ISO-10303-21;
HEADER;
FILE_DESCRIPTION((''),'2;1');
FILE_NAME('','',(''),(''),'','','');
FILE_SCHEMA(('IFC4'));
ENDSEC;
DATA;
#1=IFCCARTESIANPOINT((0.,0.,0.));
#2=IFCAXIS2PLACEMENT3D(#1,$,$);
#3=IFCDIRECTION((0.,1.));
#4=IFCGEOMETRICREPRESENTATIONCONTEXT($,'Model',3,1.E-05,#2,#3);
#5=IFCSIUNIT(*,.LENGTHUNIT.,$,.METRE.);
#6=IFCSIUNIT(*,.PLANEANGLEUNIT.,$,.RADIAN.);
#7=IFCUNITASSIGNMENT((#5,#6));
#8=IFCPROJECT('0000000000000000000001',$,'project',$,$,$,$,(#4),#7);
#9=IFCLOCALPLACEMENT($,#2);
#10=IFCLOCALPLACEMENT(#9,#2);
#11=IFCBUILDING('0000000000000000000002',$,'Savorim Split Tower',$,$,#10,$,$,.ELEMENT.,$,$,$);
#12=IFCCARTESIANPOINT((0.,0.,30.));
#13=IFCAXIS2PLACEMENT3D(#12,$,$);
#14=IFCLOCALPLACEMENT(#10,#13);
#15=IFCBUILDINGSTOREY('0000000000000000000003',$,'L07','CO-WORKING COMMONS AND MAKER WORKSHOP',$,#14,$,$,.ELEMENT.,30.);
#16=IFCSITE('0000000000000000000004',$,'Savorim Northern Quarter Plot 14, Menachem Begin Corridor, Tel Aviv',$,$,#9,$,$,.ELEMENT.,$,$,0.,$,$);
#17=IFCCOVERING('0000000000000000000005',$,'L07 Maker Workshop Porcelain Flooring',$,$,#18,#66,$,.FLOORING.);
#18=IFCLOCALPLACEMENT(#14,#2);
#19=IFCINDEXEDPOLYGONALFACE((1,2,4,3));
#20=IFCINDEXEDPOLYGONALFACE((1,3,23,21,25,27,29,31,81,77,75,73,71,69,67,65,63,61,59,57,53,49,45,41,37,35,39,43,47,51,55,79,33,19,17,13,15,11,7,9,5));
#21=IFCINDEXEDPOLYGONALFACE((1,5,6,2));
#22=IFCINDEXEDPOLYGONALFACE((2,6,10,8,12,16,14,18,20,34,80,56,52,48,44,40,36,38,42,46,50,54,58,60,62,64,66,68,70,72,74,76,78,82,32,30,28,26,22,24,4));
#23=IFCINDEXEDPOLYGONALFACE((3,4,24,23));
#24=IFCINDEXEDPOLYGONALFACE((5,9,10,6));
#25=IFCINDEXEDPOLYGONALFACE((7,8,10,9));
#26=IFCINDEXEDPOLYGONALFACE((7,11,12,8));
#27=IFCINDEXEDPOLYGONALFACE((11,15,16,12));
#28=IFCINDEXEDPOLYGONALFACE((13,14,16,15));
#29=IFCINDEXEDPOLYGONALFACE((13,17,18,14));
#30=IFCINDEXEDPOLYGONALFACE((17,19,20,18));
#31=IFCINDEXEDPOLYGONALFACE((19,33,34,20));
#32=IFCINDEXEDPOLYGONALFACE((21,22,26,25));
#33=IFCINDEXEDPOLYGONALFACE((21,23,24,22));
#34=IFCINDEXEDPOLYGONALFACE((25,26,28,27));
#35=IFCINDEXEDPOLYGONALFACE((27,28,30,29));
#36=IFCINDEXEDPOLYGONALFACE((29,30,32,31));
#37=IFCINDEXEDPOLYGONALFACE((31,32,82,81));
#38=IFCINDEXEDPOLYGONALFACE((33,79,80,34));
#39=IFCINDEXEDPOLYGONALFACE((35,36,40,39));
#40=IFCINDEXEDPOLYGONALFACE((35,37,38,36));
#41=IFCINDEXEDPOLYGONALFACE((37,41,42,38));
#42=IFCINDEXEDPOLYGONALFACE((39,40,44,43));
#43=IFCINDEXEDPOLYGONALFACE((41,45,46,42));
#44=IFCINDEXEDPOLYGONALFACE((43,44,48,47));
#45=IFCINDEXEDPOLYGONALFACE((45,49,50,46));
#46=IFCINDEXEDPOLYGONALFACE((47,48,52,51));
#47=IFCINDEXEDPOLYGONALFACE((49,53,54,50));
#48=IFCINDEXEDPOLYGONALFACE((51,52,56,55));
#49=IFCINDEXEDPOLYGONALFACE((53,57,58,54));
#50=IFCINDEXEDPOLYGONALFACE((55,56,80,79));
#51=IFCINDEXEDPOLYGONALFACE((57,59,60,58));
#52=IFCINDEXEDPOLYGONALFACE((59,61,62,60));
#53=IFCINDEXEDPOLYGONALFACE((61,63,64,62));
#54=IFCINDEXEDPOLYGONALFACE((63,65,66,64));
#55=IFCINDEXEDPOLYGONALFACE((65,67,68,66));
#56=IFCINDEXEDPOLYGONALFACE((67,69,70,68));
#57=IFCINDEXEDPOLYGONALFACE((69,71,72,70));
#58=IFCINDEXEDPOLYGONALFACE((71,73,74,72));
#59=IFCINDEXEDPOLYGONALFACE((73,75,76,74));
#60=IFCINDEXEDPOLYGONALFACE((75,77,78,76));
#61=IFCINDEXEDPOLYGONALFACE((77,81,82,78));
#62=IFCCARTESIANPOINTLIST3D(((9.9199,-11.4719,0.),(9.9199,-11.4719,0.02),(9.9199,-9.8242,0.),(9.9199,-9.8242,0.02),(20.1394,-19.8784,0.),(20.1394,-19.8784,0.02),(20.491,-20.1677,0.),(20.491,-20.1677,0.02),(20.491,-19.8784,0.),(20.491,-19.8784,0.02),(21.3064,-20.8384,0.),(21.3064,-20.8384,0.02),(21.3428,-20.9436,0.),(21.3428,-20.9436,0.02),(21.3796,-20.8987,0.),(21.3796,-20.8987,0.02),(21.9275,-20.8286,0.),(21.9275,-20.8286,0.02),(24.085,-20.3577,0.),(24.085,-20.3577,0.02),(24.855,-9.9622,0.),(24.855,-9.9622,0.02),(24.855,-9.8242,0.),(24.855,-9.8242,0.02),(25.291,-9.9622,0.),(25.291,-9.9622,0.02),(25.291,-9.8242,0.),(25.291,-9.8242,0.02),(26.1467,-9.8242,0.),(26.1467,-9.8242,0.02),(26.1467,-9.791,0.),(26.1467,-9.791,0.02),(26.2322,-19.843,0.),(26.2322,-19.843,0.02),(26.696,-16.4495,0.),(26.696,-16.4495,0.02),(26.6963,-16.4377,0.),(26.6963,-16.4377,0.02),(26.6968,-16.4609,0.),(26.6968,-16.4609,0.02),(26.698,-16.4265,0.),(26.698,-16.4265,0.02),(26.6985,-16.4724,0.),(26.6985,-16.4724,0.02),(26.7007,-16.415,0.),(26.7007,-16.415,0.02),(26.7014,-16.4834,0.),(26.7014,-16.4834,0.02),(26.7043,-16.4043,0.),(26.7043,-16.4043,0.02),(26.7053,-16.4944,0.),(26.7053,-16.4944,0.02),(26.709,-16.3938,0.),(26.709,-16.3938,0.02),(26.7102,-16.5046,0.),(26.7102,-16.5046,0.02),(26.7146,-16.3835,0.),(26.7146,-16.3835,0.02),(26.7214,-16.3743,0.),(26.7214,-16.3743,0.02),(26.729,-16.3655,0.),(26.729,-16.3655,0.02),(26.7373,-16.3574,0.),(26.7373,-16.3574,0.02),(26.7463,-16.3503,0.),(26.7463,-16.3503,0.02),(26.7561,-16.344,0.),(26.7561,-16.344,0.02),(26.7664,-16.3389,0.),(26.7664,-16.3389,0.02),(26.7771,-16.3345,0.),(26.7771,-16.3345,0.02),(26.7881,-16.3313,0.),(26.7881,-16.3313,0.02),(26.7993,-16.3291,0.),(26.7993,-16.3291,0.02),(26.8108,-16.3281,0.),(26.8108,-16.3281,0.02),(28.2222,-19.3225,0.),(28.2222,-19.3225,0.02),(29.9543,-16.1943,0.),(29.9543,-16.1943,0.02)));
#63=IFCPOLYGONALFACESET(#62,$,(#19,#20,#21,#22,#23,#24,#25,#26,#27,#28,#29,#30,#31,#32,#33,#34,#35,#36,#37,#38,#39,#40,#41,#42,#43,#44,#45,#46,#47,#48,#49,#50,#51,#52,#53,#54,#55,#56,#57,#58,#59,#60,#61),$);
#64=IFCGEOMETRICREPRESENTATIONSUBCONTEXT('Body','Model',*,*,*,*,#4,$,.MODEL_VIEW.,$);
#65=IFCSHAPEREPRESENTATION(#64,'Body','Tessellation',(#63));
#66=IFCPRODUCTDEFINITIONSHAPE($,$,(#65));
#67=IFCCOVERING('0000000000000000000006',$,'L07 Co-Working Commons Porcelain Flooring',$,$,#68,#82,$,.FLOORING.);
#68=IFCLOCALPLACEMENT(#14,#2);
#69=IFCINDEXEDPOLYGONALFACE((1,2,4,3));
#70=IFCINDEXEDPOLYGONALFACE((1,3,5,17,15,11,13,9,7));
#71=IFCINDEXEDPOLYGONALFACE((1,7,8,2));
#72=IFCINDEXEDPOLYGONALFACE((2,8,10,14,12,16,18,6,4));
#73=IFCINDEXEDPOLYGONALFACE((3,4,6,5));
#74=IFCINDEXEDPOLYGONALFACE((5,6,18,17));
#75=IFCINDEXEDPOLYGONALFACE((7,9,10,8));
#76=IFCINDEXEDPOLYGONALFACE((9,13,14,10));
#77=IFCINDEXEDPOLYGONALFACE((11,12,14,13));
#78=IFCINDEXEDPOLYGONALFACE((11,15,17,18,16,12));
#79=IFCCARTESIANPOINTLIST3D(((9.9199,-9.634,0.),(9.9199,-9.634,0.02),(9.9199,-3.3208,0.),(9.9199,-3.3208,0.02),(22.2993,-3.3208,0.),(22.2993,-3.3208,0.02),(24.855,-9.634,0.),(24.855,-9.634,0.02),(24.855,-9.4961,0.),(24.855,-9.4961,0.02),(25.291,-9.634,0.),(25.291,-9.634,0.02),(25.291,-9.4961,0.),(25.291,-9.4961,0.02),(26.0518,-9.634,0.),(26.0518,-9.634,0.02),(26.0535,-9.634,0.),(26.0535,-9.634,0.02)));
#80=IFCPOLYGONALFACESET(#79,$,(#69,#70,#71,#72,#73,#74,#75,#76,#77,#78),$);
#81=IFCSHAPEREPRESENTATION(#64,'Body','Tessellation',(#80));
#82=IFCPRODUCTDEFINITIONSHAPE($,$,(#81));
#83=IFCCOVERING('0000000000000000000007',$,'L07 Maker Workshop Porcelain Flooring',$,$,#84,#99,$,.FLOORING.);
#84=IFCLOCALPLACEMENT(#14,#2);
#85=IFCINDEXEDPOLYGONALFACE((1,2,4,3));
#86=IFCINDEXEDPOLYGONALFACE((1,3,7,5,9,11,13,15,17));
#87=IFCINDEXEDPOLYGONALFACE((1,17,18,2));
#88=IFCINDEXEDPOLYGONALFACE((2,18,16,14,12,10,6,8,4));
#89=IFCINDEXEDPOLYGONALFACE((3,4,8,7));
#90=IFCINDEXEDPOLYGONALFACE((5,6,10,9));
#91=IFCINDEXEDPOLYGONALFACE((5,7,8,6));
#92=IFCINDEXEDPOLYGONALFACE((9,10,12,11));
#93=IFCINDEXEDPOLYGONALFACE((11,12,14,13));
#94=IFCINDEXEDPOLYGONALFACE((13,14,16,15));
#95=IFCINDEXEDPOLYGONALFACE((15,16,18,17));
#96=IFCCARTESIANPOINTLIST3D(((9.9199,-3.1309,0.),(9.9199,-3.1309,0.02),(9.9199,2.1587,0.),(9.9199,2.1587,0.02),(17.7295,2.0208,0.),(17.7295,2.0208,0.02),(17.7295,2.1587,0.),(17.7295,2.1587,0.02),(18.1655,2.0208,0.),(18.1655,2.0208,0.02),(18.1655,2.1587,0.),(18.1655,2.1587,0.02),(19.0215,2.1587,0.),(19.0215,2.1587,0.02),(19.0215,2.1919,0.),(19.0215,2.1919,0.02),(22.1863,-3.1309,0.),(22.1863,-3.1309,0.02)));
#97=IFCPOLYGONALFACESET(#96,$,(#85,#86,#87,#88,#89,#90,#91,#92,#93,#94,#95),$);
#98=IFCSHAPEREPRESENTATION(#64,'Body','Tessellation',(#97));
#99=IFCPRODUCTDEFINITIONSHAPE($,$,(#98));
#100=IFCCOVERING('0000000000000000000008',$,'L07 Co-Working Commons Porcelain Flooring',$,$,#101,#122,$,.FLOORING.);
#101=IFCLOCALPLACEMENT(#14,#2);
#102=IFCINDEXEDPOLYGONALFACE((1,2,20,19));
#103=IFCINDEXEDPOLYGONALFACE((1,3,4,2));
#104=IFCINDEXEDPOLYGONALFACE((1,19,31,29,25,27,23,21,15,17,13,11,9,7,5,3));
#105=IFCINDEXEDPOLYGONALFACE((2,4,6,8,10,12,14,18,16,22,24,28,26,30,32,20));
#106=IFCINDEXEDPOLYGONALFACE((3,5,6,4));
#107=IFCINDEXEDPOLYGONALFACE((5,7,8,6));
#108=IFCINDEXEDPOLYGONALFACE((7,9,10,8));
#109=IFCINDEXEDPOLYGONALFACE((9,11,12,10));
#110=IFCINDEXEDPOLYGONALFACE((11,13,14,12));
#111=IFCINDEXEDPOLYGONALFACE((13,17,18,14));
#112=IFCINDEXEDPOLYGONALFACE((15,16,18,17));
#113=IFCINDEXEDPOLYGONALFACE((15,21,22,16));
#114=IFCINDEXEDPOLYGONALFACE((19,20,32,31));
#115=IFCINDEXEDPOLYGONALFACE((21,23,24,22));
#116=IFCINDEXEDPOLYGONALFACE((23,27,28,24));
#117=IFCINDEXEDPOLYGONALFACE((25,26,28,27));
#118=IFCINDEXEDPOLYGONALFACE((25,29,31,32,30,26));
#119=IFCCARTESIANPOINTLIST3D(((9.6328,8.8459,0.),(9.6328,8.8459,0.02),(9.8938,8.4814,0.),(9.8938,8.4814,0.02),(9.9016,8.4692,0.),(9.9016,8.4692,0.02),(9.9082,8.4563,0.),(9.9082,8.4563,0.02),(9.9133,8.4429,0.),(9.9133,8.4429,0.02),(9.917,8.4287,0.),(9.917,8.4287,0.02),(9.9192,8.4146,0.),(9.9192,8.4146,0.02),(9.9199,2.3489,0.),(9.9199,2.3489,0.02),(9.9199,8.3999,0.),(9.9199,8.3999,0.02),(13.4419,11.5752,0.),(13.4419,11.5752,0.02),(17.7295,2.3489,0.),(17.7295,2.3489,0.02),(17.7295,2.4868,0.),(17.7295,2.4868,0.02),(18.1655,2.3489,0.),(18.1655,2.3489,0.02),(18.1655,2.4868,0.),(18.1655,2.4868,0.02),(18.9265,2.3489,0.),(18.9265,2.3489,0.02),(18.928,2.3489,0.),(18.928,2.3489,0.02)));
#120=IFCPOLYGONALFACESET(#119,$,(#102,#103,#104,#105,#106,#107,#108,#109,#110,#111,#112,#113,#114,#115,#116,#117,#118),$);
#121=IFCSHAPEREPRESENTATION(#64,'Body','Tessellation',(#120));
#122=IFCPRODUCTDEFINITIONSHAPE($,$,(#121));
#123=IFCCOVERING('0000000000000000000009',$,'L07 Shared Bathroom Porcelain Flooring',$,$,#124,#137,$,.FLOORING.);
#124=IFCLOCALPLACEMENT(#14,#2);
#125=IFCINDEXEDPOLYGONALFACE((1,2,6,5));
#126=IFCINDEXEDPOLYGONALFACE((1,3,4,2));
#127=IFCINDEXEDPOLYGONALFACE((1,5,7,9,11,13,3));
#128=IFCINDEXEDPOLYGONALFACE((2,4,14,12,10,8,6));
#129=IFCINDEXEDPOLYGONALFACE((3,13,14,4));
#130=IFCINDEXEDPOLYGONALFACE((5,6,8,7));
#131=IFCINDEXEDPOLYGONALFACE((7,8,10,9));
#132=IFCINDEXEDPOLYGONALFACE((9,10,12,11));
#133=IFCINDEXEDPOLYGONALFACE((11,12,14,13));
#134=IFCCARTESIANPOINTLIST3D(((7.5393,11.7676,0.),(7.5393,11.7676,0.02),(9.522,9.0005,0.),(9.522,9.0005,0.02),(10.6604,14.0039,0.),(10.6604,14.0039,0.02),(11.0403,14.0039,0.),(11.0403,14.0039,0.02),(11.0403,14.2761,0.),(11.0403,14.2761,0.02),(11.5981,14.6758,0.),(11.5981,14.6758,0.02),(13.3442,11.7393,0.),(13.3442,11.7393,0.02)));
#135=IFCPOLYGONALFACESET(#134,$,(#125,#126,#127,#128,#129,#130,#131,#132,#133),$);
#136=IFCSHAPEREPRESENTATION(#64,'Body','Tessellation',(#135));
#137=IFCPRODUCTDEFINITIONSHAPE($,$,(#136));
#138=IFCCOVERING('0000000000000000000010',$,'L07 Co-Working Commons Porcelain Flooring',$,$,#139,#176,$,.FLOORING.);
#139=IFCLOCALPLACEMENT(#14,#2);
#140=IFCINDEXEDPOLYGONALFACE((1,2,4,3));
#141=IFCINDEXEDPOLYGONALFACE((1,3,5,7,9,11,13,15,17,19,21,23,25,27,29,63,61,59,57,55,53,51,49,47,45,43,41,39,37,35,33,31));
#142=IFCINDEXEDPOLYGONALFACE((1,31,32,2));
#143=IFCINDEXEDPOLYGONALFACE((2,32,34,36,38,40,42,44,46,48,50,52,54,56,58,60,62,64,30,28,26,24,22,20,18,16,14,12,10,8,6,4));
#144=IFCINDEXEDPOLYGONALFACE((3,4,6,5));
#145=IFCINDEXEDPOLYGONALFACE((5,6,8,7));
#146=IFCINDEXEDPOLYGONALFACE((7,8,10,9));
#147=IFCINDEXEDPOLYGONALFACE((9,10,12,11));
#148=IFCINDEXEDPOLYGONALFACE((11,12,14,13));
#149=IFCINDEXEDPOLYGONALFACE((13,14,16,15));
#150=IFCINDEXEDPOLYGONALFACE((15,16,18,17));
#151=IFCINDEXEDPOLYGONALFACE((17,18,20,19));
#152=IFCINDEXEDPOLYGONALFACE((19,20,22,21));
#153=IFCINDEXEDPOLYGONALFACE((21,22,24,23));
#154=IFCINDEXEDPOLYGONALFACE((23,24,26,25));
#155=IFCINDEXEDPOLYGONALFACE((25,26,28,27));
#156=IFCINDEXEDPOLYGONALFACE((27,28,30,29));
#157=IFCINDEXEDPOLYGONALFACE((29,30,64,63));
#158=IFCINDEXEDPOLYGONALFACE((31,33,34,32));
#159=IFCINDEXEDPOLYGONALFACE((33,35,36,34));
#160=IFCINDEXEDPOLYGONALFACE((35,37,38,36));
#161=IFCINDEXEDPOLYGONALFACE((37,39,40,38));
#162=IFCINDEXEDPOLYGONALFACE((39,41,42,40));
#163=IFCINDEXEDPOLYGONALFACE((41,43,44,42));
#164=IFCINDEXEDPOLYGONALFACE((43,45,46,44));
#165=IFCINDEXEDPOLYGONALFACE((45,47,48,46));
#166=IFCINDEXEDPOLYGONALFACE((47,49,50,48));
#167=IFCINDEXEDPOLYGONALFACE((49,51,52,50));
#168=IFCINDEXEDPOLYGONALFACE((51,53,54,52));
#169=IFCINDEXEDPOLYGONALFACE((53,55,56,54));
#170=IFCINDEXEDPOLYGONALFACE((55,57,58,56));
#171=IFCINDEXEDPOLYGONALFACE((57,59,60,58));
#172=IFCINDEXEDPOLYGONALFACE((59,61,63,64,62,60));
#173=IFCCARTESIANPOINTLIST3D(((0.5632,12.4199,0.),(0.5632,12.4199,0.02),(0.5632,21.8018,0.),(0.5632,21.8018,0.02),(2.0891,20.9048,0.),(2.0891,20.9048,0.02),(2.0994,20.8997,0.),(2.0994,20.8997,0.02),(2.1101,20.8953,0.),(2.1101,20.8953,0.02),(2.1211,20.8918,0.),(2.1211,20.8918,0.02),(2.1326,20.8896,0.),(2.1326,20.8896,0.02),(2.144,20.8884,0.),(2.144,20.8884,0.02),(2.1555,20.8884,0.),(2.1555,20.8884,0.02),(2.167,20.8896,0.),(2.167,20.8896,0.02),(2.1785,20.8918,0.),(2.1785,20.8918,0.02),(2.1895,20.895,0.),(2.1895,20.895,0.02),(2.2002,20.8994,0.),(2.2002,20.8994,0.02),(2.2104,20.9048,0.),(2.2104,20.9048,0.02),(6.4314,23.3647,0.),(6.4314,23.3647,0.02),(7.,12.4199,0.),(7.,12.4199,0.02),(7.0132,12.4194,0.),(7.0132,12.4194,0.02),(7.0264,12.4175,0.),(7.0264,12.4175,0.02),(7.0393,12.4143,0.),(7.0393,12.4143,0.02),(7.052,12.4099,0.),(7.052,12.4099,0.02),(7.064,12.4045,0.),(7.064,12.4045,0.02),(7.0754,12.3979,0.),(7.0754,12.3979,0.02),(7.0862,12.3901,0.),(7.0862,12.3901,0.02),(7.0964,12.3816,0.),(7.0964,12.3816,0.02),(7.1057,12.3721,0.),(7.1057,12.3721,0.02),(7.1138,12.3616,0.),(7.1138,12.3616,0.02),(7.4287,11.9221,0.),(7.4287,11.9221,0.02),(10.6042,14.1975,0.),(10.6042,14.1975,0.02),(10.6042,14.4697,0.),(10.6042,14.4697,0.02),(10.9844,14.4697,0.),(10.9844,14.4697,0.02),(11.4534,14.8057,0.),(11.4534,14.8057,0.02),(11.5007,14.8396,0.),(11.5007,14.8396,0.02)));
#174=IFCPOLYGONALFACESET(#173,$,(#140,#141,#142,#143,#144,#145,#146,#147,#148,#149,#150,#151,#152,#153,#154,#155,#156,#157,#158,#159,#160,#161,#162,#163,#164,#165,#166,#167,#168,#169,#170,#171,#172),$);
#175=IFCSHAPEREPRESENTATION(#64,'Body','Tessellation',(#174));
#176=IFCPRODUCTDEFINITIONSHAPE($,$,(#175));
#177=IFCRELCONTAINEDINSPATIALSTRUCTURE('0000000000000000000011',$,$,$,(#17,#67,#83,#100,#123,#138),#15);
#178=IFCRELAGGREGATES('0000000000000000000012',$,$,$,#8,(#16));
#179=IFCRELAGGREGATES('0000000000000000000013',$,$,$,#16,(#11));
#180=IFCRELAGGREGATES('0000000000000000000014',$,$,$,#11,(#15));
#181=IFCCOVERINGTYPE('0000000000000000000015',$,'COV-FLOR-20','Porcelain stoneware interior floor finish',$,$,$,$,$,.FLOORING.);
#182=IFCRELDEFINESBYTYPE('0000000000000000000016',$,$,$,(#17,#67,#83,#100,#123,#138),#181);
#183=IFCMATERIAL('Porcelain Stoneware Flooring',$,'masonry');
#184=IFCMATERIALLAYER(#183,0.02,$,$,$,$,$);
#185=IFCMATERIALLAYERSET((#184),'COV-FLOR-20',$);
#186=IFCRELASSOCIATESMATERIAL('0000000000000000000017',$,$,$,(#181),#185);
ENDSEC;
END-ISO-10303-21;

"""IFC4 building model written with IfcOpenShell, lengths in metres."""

from ifc_helpers import new_model, si_unit, direction, frame, origin, place, context, subcontext, project, spatial, polyline, outline, extrude, material, layer, layer_set, type_object, element, save


model = new_model("IFC4")

# Units and contexts
model_context = context("Model", 3, precision=1e-05, world=origin(), true_north=direction((0.0, 1.0)))
body_context = subcontext(model_context, "Body", "Model", "MODEL_VIEW")
ifc_project = project(units=[si_unit("LENGTHUNIT", "METRE"), si_unit("PLANEANGLEUNIT", "RADIAN")], contexts=[model_context])

# Site, building, storey
site_placement = place(None, origin())
site = spatial("IfcSite", under=ifc_project, at=site_placement, Name="Savorim Northern Quarter Plot 14, Menachem Begin Corridor, Tel Aviv", CompositionType="ELEMENT", RefElevation=0.0)
building_placement = place(site_placement, origin())
building = spatial("IfcBuilding", under=site, at=building_placement, Name="Savorim Split Tower", CompositionType="ELEMENT")
storey_placement = place(building_placement, frame((0.0, 0.0, 30.0)))
storey = spatial("IfcBuildingStorey", under=building, at=storey_placement, Name="L07", Description="CO-WORKING COMMONS AND MAKER WORKSHOP", CompositionType="ELEMENT", Elevation=30.0)

# Coverings
ifc_material_1 = material(Name="Porcelain Stoneware Flooring", Category="masonry")
ifc_layer_1 = layer(ifc_material_1, 0.02)
ifc_layer_set_1 = layer_set([ifc_layer_1], Name="COV-FLOR-20")
covering_type_1 = type_object("IfcCoveringType", Name="COV-FLOR-20", Description="Porcelain stoneware interior floor finish", PredefinedType="FLOORING", material=ifc_layer_set_1)
covering_1_placement = place(storey_placement, origin())
element("IfcCovering", 1, at=covering_1_placement, inside=storey, type_object=covering_type_1, Name="L07 Maker Workshop Porcelain Flooring", PredefinedType="FLOORING", context=body_context, shape_type="SweptSolid", body=[
    extrude(outline(polyline([(26.7881, -16.3313), (26.7993, -16.3291), (26.8108, -16.3281), (29.9543, -16.1943), (26.1467, -9.791), (26.1467, -9.8242), (25.291, -9.8242), (25.291, -9.9622), (24.855, -9.9622), (24.855, -9.8242), (9.9199, -9.8242), (9.9199, -11.4719), (20.1394, -19.8784), (20.491, -19.8784), (20.491, -20.1677), (21.3064, -20.8384), (21.3796, -20.8987), (21.3428, -20.9436), (21.9275, -20.8286), (24.085, -20.3577), (26.2322, -19.843), (28.2222, -19.3225), (26.7102, -16.5046), (26.7053, -16.4944), (26.7014, -16.4834), (26.6985, -16.4724), (26.6968, -16.4609), (26.696, -16.4495), (26.6963, -16.4377), (26.698, -16.4265), (26.7007, -16.415), (26.7043, -16.4043), (26.709, -16.3938), (26.7146, -16.3835), (26.7214, -16.3743), (26.729, -16.3655), (26.7373, -16.3574), (26.7463, -16.3503), (26.7561, -16.344), (26.7664, -16.3389), (26.7771, -16.3345), (26.7881, -16.3313)])), origin(), (0.0, 0.0, 1.0), 0.02),
])
covering_2_placement = place(storey_placement, origin())
element("IfcCovering", 2, at=covering_2_placement, inside=storey, type_object=covering_type_1, Name="L07 Co-Working Commons Porcelain Flooring", PredefinedType="FLOORING", context=body_context, shape_type="SweptSolid", body=[
    extrude(outline(polyline([(25.291, -9.4961), (25.291, -9.634), (26.0518, -9.634), (26.0535, -9.634), (22.2993, -3.3208), (9.9199, -3.3208), (9.9199, -9.634), (24.855, -9.634), (24.855, -9.4961), (25.291, -9.4961)])), origin(), (0.0, 0.0, 1.0), 0.02),
])
covering_3_placement = place(storey_placement, origin())
element("IfcCovering", 3, at=covering_3_placement, inside=storey, type_object=covering_type_1, Name="L07 Maker Workshop Porcelain Flooring", PredefinedType="FLOORING", context=body_context, shape_type="SweptSolid", body=[
    extrude(outline(polyline([(17.7295, 2.0208), (17.7295, 2.1587), (9.9199, 2.1587), (9.9199, -3.1309), (22.1863, -3.1309), (19.0215, 2.1919), (19.0215, 2.1587), (18.1655, 2.1587), (18.1655, 2.0208), (17.7295, 2.0208)])), origin(), (0.0, 0.0, 1.0), 0.02),
])
covering_4_placement = place(storey_placement, origin())
element("IfcCovering", 4, at=covering_4_placement, inside=storey, type_object=covering_type_1, Name="L07 Co-Working Commons Porcelain Flooring", PredefinedType="FLOORING", context=body_context, shape_type="SweptSolid", body=[
    extrude(outline(polyline([(18.1655, 2.4868), (18.1655, 2.3489), (18.9265, 2.3489), (18.928, 2.3489), (13.4419, 11.5752), (9.6328, 8.8459), (9.8938, 8.4814), (9.9016, 8.4692), (9.9082, 8.4563), (9.9133, 8.4429), (9.917, 8.4287), (9.9192, 8.4146), (9.9199, 8.3999), (9.9199, 2.3489), (17.7295, 2.3489), (17.7295, 2.4868), (18.1655, 2.4868)])), origin(), (0.0, 0.0, 1.0), 0.02),
])
covering_5_placement = place(storey_placement, origin())
element("IfcCovering", 5, at=covering_5_placement, inside=storey, type_object=covering_type_1, Name="L07 Shared Bathroom Porcelain Flooring", PredefinedType="FLOORING", context=body_context, shape_type="SweptSolid", body=[
    extrude(outline(polyline([(10.6604, 14.0039), (7.5393, 11.7676), (7.5393, 11.7676), (9.522, 9.0005), (13.3442, 11.7393), (11.5981, 14.6758), (11.0403, 14.2761), (11.0403, 14.0039), (10.6604, 14.0039)])), origin(), (0.0, 0.0, 1.0), 0.02),
])
covering_6_placement = place(storey_placement, origin())
element("IfcCovering", 6, at=covering_6_placement, inside=storey, type_object=covering_type_1, Name="L07 Co-Working Commons Porcelain Flooring", PredefinedType="FLOORING", context=body_context, shape_type="SweptSolid", body=[
    extrude(outline(polyline([(2.1101, 20.8953), (2.0994, 20.8997), (2.0891, 20.9048), (0.5632, 21.8018), (0.5632, 12.4199), (7.0, 12.4199), (7.0132, 12.4194), (7.0264, 12.4175), (7.0393, 12.4143), (7.052, 12.4099), (7.064, 12.4045), (7.0754, 12.3979), (7.0862, 12.3901), (7.0964, 12.3816), (7.1057, 12.3721), (7.1138, 12.3616), (7.4287, 11.9221), (10.6042, 14.1975), (10.6042, 14.4697), (10.9844, 14.4697), (11.4534, 14.8057), (11.5007, 14.8396), (6.4314, 23.3647), (2.2104, 20.9048), (2.2002, 20.8994), (2.1895, 20.895), (2.1785, 20.8918), (2.167, 20.8896), (2.1555, 20.8884), (2.144, 20.8884), (2.1326, 20.8896), (2.1211, 20.8918), (2.1101, 20.8953)])), origin(), (0.0, 0.0, 1.0), 0.02),
])

save(model, "model.ifc")
